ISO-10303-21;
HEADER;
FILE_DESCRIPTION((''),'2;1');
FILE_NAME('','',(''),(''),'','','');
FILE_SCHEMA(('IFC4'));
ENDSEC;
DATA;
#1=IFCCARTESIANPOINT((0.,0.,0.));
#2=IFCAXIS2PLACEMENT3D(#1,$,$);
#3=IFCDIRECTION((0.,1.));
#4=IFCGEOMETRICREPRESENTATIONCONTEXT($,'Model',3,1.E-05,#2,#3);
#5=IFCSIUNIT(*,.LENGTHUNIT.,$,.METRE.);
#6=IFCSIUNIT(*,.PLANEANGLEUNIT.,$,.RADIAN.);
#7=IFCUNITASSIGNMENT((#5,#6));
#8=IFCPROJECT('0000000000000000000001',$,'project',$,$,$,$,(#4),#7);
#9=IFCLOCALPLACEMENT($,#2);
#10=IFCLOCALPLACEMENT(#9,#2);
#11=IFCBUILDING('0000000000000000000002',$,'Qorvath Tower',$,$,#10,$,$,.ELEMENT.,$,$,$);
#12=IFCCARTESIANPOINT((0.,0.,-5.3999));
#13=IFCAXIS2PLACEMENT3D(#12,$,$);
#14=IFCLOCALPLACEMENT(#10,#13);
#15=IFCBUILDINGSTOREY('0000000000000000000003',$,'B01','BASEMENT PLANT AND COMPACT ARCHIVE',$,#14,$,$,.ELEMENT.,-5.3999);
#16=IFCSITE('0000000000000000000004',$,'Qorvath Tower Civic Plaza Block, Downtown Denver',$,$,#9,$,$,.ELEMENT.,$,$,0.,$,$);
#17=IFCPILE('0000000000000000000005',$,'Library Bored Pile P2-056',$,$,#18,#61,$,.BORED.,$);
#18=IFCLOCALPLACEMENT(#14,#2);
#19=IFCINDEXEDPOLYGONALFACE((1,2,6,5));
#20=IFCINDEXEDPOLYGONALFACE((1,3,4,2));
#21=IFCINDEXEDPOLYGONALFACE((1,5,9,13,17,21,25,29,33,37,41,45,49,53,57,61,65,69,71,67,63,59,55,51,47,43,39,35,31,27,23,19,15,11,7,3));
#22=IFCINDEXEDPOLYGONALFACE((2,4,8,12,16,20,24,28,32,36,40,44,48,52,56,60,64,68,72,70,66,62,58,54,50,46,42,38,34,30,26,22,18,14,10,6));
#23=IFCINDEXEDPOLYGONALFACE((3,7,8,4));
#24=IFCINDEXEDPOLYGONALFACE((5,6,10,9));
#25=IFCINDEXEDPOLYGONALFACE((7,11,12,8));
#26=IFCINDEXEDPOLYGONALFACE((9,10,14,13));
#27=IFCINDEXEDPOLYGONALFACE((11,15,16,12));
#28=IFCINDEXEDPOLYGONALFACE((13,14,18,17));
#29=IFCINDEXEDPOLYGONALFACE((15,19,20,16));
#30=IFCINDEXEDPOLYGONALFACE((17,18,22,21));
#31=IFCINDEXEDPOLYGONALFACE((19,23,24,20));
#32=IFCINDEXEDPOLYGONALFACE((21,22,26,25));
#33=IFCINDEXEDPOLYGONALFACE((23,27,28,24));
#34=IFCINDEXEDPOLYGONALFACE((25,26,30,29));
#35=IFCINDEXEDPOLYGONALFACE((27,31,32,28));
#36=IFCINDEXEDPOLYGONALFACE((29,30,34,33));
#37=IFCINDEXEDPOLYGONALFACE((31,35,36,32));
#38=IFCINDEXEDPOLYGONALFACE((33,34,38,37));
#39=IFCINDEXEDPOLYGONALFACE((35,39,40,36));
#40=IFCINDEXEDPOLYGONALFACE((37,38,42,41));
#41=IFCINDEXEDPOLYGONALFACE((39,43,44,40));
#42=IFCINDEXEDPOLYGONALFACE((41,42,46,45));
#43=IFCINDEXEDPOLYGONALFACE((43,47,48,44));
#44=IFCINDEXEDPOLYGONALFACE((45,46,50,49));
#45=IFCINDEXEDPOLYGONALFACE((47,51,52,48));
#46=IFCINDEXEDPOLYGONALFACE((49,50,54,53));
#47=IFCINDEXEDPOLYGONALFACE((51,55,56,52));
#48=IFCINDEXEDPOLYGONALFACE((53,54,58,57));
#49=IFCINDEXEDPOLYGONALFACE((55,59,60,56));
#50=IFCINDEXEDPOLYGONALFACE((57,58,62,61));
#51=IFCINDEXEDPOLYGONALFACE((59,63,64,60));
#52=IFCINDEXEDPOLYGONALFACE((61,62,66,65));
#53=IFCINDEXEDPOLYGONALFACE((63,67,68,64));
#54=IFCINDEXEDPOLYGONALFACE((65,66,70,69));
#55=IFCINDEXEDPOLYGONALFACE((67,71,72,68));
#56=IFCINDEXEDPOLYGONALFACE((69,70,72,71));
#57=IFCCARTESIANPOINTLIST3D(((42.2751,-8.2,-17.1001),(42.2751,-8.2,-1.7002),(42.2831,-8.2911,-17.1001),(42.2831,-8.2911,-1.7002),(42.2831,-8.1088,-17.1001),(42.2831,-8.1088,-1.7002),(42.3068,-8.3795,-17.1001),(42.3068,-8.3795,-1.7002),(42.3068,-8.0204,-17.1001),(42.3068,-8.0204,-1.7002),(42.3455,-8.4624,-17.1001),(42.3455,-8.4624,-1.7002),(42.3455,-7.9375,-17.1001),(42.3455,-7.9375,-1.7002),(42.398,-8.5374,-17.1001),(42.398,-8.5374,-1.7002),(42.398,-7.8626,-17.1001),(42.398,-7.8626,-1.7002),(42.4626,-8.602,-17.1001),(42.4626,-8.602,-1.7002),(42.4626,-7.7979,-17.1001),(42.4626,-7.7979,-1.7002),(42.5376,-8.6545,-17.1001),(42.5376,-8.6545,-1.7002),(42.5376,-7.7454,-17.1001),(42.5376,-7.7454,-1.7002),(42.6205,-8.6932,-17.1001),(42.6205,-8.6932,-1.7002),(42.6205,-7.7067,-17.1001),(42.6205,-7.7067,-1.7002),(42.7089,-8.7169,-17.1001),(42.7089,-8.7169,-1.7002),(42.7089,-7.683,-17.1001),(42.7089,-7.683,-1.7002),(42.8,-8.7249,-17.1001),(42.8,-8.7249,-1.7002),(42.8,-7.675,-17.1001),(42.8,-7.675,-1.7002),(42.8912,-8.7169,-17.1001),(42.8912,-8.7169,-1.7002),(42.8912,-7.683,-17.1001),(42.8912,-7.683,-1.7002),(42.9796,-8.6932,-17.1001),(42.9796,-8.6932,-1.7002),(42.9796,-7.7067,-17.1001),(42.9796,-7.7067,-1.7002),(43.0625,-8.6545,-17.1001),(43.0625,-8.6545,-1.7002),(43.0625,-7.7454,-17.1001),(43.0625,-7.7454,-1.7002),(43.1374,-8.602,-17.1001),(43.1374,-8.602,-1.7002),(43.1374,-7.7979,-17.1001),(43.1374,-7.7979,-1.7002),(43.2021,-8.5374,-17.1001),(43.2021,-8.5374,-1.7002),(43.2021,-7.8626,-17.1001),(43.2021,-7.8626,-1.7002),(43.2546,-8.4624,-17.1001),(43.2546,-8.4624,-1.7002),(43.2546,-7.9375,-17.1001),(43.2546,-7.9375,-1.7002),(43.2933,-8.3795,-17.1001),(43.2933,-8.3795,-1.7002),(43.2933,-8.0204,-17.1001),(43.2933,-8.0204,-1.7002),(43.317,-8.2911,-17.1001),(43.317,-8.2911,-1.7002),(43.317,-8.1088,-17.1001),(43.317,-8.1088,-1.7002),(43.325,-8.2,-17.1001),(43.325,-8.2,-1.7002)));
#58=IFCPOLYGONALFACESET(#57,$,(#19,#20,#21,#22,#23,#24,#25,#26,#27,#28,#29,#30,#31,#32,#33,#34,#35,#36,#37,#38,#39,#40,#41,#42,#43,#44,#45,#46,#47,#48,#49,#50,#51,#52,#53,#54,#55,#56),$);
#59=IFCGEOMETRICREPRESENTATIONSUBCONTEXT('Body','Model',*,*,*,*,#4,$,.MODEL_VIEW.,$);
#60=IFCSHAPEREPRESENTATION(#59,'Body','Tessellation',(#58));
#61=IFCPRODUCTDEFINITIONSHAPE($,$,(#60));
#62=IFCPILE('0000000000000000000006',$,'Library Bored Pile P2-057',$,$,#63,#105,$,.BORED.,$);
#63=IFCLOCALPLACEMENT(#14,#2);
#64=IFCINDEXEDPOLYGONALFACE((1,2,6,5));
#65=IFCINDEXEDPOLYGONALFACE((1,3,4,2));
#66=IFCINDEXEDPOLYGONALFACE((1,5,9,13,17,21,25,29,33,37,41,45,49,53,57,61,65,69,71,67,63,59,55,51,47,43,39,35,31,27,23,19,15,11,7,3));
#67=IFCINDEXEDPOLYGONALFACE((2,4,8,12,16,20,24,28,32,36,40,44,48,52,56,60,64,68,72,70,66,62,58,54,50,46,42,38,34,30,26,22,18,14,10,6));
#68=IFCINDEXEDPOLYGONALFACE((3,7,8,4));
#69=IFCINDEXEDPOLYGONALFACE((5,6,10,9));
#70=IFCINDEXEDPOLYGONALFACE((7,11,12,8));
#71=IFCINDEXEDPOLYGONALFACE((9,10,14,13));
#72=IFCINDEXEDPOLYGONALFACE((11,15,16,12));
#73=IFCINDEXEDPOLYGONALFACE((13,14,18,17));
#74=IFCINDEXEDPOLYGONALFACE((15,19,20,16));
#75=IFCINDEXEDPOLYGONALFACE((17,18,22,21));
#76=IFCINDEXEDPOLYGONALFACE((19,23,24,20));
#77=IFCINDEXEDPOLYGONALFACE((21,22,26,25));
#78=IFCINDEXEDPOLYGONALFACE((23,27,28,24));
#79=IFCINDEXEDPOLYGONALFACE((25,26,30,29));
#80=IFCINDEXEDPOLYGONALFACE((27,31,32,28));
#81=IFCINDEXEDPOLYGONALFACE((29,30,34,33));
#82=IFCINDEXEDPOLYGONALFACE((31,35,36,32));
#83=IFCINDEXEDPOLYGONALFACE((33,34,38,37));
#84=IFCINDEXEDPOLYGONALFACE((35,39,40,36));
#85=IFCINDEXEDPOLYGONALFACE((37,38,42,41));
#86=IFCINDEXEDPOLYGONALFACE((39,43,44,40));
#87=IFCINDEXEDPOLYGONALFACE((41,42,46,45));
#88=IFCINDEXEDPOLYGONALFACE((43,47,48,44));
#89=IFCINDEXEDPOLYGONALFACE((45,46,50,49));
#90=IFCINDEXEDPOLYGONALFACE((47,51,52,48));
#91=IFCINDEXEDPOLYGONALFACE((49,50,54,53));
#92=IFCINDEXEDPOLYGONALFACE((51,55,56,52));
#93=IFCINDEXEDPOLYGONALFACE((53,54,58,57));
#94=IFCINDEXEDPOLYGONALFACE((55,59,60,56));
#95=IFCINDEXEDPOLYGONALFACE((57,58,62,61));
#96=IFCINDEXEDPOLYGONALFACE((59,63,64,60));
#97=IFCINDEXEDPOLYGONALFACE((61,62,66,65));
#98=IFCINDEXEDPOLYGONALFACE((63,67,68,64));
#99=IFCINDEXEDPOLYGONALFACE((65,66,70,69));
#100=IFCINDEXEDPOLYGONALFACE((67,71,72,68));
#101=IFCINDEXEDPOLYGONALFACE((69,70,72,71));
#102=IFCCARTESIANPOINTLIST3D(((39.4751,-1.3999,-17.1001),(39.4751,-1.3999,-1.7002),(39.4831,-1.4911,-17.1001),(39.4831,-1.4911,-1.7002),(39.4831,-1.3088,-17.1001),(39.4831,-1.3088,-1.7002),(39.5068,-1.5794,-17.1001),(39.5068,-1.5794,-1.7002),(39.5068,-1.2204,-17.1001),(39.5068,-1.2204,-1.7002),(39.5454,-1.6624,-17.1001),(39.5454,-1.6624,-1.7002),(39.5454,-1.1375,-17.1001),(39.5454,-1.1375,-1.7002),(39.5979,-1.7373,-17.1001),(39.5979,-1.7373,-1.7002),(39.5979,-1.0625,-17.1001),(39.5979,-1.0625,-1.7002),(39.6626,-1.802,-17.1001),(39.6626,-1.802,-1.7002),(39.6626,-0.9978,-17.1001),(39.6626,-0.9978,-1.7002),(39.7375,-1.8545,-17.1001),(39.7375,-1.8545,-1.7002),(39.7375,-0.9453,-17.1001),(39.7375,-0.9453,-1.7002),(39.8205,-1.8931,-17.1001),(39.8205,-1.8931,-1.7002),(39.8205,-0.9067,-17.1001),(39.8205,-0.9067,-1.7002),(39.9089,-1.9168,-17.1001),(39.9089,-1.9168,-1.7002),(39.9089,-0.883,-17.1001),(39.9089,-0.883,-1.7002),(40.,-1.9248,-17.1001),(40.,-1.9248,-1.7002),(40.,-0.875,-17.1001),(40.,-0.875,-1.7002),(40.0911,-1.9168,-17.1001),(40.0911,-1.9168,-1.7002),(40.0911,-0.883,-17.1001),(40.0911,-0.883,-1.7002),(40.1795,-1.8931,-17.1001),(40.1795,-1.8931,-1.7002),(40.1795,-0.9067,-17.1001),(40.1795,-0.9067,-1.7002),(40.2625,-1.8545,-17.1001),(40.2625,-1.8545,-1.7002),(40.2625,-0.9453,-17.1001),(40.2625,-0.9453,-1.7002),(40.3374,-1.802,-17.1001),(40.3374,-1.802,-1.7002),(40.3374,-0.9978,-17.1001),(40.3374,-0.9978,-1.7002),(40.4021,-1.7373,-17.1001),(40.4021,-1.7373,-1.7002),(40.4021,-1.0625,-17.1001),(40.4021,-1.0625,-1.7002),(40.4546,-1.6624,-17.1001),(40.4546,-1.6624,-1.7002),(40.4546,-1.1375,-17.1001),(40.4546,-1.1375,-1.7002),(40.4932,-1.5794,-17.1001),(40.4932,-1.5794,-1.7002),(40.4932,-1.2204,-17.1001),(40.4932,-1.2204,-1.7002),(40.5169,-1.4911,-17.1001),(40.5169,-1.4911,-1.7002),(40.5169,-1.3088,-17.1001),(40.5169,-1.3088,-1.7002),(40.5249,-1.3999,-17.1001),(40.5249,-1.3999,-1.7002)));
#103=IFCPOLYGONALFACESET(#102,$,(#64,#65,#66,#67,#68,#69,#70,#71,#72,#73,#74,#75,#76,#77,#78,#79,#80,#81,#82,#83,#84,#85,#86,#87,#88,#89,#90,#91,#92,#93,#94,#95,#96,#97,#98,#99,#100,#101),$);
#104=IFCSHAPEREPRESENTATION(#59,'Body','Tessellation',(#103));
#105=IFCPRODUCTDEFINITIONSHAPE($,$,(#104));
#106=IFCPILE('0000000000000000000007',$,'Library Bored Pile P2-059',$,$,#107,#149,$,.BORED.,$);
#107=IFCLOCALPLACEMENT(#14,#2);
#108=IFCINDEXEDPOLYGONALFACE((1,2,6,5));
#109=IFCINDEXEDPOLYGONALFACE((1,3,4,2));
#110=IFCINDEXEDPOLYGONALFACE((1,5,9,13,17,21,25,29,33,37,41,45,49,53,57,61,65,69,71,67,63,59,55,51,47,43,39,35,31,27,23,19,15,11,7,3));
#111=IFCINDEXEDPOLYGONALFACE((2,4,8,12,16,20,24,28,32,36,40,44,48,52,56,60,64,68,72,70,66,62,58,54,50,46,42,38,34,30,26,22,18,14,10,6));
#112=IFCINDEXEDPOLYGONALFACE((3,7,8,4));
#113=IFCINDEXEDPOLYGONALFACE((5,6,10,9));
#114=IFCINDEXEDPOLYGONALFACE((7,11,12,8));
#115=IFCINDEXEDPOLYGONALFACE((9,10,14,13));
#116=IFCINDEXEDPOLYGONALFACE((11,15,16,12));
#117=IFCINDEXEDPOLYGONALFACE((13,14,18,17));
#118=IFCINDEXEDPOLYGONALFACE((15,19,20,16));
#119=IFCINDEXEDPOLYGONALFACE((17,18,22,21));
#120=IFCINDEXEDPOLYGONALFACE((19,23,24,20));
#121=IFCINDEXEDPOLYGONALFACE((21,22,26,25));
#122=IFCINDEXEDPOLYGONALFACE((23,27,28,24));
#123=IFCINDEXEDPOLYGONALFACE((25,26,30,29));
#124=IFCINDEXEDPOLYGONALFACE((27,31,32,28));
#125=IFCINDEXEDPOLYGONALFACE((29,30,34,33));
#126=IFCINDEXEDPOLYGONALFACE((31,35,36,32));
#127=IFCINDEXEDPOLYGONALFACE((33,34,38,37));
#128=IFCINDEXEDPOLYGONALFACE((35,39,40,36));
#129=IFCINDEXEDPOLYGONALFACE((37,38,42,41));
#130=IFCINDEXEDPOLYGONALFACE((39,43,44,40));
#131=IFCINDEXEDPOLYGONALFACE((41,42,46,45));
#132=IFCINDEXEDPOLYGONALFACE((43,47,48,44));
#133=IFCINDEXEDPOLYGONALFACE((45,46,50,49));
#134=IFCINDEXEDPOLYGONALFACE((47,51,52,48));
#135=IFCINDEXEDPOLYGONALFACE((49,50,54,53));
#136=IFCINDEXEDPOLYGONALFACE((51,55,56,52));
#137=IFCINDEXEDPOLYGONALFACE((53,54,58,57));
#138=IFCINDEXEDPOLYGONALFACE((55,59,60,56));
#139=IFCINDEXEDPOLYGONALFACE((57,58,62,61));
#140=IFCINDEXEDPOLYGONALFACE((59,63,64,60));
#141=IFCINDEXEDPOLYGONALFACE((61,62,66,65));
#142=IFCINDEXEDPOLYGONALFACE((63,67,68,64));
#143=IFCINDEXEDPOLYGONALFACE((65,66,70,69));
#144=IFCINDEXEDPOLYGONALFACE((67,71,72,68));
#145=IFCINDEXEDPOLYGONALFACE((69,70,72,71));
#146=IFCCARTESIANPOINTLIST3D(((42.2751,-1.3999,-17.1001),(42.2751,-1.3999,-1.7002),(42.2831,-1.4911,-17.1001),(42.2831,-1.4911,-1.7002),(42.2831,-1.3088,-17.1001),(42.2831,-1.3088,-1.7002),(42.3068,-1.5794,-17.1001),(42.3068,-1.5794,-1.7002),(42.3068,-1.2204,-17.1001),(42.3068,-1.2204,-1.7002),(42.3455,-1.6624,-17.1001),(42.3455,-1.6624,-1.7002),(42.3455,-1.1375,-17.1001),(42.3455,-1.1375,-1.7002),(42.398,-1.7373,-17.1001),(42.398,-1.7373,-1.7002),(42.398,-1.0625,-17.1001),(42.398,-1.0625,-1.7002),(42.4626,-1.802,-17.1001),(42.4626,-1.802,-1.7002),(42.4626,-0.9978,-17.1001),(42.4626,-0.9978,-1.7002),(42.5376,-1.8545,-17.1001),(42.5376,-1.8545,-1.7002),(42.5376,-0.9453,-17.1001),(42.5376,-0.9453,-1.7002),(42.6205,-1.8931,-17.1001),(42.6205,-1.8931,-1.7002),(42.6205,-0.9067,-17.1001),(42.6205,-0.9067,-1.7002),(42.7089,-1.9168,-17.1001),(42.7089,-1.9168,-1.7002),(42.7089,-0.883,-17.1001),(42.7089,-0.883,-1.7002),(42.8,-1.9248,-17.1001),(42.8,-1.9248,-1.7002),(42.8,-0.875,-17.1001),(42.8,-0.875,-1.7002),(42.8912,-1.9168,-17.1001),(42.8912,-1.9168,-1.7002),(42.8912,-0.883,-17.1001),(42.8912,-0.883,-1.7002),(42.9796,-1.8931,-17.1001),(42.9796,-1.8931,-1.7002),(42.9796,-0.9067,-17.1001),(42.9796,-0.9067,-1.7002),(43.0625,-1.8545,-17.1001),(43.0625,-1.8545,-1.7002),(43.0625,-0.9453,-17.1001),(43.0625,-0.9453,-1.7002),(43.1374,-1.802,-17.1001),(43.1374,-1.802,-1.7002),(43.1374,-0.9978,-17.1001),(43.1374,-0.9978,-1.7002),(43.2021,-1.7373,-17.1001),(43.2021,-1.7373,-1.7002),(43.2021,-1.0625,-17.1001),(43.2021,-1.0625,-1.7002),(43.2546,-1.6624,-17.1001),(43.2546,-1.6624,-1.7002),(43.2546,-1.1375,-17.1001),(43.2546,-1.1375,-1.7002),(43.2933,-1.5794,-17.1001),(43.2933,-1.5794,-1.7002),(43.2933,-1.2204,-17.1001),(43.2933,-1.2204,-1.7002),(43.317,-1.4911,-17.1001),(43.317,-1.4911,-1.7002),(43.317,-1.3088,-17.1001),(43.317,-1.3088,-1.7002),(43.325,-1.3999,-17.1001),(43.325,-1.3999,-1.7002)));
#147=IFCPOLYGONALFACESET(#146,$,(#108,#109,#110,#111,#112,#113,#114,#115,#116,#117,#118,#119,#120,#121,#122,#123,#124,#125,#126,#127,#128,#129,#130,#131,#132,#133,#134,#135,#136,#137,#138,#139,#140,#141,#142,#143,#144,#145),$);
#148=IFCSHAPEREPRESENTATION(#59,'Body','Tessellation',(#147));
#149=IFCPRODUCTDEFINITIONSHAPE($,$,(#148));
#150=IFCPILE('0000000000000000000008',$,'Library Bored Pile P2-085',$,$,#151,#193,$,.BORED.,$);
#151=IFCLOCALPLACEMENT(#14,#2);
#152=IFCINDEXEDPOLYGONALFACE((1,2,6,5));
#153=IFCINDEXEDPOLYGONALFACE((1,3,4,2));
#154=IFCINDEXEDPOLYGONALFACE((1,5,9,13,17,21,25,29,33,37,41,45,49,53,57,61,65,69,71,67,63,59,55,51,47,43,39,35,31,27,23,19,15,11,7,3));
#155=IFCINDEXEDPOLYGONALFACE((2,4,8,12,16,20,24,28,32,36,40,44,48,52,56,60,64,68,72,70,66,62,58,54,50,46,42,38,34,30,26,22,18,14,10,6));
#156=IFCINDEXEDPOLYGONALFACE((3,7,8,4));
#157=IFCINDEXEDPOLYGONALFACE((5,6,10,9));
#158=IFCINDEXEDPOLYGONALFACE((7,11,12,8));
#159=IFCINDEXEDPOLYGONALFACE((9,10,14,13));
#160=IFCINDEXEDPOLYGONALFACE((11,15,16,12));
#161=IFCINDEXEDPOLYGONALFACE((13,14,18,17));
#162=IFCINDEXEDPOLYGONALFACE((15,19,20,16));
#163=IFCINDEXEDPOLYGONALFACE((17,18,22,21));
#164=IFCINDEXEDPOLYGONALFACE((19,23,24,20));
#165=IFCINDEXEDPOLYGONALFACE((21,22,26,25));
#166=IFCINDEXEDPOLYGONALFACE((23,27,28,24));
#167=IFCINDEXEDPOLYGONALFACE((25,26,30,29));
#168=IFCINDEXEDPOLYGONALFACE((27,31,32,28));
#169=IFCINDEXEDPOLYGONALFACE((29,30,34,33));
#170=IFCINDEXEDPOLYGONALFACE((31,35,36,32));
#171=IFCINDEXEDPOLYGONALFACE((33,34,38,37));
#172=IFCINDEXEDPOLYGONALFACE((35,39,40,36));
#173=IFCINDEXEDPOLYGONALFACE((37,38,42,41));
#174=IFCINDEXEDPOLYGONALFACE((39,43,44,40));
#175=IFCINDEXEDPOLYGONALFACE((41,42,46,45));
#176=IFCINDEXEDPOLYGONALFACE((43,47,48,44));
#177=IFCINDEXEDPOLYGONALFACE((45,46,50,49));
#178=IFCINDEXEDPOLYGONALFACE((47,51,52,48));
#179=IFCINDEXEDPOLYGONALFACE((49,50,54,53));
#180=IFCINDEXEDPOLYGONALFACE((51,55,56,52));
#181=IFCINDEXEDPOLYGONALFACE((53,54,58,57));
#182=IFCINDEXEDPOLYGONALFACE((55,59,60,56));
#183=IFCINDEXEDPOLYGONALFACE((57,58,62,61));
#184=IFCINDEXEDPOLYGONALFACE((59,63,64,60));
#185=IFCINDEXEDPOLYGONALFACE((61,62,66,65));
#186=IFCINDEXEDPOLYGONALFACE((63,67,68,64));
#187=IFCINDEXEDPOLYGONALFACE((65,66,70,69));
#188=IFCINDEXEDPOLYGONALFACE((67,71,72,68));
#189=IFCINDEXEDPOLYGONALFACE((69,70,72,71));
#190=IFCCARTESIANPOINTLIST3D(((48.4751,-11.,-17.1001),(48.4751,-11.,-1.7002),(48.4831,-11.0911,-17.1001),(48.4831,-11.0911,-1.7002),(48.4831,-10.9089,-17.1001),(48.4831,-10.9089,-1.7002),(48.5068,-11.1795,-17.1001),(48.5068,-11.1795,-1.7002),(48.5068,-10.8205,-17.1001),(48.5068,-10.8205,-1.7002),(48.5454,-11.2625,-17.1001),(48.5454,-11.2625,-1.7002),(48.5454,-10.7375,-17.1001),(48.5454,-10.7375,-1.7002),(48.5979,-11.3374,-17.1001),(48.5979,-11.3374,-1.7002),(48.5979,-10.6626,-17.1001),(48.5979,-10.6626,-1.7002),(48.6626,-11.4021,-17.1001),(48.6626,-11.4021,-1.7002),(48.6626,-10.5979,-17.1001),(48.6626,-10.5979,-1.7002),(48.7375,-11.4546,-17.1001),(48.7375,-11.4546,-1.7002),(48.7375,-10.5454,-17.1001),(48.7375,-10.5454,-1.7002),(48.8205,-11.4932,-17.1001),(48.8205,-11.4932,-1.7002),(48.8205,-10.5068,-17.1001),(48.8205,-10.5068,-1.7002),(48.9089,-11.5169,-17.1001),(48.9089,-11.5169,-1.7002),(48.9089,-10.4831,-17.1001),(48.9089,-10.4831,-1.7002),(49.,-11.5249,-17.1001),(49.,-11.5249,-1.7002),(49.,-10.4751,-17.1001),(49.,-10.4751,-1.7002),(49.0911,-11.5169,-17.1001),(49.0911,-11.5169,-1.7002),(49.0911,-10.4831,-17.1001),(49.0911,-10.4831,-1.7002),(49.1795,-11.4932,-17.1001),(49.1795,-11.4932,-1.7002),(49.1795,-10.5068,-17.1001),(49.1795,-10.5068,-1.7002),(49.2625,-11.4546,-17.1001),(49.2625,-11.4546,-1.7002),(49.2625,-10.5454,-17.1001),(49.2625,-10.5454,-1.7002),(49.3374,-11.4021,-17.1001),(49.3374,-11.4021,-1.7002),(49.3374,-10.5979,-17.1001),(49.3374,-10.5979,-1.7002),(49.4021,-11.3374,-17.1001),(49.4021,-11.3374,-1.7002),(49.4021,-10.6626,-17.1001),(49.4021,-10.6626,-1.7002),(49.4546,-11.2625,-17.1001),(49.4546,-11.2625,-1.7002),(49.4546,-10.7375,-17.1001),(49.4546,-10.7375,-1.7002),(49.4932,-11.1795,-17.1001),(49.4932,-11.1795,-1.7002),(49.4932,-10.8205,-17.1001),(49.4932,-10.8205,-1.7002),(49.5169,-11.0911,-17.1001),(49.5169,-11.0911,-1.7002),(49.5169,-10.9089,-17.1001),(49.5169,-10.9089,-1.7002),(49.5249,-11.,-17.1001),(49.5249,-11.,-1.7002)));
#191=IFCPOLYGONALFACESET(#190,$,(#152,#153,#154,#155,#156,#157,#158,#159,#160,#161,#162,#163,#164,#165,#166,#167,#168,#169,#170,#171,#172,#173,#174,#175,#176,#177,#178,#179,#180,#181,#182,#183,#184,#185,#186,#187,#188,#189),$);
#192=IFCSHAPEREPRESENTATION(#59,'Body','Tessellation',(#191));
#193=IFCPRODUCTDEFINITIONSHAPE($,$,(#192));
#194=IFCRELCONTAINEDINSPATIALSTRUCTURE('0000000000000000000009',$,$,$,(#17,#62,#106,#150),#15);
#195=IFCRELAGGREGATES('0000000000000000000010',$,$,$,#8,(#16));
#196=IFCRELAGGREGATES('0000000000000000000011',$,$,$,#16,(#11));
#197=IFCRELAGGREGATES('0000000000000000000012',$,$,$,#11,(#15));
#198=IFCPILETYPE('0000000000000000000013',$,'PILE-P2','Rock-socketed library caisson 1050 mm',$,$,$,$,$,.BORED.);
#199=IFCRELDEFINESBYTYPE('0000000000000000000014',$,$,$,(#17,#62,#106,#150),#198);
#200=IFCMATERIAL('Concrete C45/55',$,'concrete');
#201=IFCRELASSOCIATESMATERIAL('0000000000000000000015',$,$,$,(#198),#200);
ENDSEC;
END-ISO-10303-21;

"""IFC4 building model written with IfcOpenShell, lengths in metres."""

from ifc_helpers import new_model, si_unit, direction, frame, origin, origin_2d, place, context, subcontext, project, spatial, circle, extrude, material, material_profile, profile_set, type_object, element, save


model = new_model("IFC4")

# Units and contexts
model_context = context("Model", 3, precision=1e-05, world=origin(), true_north=direction((0.0, 1.0)))
body_context = subcontext(model_context, "Body", "Model", "MODEL_VIEW")
ifc_project = project(units=[si_unit("LENGTHUNIT", "METRE"), si_unit("PLANEANGLEUNIT", "RADIAN")], contexts=[model_context])

# Site, building, storey
site_placement = place(None, origin())
site = spatial("IfcSite", under=ifc_project, at=site_placement, Name="Qorvath Tower Civic Plaza Block, Downtown Denver", CompositionType="ELEMENT", RefElevation=0.0)
building_placement = place(site_placement, origin())
building = spatial("IfcBuilding", under=site, at=building_placement, Name="Qorvath Tower", CompositionType="ELEMENT")
storey_placement = place(building_placement, frame((0.0, 0.0, -5.3999)))
storey = spatial("IfcBuildingStorey", under=building, at=storey_placement, Name="B01", Description="BASEMENT PLANT AND COMPACT ARCHIVE", CompositionType="ELEMENT", Elevation=-5.3999)

# Piles
ifc_material_1 = material(Name="Concrete C45/55", Category="concrete")
ifc_material_profile_1 = material_profile(ifc_material_1, circle(Radius=0.5249, at=origin_2d()), Name="BORED PILE 1050")
ifc_profile_set_1 = profile_set([ifc_material_profile_1], Name="Concrete C45/55")
pile_type = type_object("IfcPileType", Name="PILE-P2", Description="Rock-socketed library caisson 1050 mm", PredefinedType="BORED", material=ifc_profile_set_1)
for number, where, z_axis, x_axis, name in (
    (1, (42.8, -8.2, -1.7002), (0.0, 0.0, -1.0), (1.0, 0.0, 0.0), "Library Bored Pile P2-056"),
    (2, (40.0, -1.3999, -1.7002), (0.0, 0.0, -1.0), (1.0, 0.0, 0.0), "Library Bored Pile P2-057"),
    (3, (42.8, -1.3999, -1.7002), (0.0, 0.0, -1.0), (1.0, 0.0, 0.0), "Library Bored Pile P2-059"),
    (4, (49.0, -11.0, -1.7002), (0.0, 0.0, -1.0), (1.0, 0.0, 0.0), "Library Bored Pile P2-085"),
):
    element("IfcPile", number, at=place(storey_placement, frame(where, z_axis=z_axis, x_axis=x_axis)), inside=storey, type_object=pile_type, Name=name, PredefinedType="BORED", context=body_context, shape_type="SweptSolid", body=[
        extrude(circle(Radius=0.5249, at=origin_2d()), origin(), (0.0, 0.0, 1.0), 15.3999),
    ])

save(model, "model.ifc")
